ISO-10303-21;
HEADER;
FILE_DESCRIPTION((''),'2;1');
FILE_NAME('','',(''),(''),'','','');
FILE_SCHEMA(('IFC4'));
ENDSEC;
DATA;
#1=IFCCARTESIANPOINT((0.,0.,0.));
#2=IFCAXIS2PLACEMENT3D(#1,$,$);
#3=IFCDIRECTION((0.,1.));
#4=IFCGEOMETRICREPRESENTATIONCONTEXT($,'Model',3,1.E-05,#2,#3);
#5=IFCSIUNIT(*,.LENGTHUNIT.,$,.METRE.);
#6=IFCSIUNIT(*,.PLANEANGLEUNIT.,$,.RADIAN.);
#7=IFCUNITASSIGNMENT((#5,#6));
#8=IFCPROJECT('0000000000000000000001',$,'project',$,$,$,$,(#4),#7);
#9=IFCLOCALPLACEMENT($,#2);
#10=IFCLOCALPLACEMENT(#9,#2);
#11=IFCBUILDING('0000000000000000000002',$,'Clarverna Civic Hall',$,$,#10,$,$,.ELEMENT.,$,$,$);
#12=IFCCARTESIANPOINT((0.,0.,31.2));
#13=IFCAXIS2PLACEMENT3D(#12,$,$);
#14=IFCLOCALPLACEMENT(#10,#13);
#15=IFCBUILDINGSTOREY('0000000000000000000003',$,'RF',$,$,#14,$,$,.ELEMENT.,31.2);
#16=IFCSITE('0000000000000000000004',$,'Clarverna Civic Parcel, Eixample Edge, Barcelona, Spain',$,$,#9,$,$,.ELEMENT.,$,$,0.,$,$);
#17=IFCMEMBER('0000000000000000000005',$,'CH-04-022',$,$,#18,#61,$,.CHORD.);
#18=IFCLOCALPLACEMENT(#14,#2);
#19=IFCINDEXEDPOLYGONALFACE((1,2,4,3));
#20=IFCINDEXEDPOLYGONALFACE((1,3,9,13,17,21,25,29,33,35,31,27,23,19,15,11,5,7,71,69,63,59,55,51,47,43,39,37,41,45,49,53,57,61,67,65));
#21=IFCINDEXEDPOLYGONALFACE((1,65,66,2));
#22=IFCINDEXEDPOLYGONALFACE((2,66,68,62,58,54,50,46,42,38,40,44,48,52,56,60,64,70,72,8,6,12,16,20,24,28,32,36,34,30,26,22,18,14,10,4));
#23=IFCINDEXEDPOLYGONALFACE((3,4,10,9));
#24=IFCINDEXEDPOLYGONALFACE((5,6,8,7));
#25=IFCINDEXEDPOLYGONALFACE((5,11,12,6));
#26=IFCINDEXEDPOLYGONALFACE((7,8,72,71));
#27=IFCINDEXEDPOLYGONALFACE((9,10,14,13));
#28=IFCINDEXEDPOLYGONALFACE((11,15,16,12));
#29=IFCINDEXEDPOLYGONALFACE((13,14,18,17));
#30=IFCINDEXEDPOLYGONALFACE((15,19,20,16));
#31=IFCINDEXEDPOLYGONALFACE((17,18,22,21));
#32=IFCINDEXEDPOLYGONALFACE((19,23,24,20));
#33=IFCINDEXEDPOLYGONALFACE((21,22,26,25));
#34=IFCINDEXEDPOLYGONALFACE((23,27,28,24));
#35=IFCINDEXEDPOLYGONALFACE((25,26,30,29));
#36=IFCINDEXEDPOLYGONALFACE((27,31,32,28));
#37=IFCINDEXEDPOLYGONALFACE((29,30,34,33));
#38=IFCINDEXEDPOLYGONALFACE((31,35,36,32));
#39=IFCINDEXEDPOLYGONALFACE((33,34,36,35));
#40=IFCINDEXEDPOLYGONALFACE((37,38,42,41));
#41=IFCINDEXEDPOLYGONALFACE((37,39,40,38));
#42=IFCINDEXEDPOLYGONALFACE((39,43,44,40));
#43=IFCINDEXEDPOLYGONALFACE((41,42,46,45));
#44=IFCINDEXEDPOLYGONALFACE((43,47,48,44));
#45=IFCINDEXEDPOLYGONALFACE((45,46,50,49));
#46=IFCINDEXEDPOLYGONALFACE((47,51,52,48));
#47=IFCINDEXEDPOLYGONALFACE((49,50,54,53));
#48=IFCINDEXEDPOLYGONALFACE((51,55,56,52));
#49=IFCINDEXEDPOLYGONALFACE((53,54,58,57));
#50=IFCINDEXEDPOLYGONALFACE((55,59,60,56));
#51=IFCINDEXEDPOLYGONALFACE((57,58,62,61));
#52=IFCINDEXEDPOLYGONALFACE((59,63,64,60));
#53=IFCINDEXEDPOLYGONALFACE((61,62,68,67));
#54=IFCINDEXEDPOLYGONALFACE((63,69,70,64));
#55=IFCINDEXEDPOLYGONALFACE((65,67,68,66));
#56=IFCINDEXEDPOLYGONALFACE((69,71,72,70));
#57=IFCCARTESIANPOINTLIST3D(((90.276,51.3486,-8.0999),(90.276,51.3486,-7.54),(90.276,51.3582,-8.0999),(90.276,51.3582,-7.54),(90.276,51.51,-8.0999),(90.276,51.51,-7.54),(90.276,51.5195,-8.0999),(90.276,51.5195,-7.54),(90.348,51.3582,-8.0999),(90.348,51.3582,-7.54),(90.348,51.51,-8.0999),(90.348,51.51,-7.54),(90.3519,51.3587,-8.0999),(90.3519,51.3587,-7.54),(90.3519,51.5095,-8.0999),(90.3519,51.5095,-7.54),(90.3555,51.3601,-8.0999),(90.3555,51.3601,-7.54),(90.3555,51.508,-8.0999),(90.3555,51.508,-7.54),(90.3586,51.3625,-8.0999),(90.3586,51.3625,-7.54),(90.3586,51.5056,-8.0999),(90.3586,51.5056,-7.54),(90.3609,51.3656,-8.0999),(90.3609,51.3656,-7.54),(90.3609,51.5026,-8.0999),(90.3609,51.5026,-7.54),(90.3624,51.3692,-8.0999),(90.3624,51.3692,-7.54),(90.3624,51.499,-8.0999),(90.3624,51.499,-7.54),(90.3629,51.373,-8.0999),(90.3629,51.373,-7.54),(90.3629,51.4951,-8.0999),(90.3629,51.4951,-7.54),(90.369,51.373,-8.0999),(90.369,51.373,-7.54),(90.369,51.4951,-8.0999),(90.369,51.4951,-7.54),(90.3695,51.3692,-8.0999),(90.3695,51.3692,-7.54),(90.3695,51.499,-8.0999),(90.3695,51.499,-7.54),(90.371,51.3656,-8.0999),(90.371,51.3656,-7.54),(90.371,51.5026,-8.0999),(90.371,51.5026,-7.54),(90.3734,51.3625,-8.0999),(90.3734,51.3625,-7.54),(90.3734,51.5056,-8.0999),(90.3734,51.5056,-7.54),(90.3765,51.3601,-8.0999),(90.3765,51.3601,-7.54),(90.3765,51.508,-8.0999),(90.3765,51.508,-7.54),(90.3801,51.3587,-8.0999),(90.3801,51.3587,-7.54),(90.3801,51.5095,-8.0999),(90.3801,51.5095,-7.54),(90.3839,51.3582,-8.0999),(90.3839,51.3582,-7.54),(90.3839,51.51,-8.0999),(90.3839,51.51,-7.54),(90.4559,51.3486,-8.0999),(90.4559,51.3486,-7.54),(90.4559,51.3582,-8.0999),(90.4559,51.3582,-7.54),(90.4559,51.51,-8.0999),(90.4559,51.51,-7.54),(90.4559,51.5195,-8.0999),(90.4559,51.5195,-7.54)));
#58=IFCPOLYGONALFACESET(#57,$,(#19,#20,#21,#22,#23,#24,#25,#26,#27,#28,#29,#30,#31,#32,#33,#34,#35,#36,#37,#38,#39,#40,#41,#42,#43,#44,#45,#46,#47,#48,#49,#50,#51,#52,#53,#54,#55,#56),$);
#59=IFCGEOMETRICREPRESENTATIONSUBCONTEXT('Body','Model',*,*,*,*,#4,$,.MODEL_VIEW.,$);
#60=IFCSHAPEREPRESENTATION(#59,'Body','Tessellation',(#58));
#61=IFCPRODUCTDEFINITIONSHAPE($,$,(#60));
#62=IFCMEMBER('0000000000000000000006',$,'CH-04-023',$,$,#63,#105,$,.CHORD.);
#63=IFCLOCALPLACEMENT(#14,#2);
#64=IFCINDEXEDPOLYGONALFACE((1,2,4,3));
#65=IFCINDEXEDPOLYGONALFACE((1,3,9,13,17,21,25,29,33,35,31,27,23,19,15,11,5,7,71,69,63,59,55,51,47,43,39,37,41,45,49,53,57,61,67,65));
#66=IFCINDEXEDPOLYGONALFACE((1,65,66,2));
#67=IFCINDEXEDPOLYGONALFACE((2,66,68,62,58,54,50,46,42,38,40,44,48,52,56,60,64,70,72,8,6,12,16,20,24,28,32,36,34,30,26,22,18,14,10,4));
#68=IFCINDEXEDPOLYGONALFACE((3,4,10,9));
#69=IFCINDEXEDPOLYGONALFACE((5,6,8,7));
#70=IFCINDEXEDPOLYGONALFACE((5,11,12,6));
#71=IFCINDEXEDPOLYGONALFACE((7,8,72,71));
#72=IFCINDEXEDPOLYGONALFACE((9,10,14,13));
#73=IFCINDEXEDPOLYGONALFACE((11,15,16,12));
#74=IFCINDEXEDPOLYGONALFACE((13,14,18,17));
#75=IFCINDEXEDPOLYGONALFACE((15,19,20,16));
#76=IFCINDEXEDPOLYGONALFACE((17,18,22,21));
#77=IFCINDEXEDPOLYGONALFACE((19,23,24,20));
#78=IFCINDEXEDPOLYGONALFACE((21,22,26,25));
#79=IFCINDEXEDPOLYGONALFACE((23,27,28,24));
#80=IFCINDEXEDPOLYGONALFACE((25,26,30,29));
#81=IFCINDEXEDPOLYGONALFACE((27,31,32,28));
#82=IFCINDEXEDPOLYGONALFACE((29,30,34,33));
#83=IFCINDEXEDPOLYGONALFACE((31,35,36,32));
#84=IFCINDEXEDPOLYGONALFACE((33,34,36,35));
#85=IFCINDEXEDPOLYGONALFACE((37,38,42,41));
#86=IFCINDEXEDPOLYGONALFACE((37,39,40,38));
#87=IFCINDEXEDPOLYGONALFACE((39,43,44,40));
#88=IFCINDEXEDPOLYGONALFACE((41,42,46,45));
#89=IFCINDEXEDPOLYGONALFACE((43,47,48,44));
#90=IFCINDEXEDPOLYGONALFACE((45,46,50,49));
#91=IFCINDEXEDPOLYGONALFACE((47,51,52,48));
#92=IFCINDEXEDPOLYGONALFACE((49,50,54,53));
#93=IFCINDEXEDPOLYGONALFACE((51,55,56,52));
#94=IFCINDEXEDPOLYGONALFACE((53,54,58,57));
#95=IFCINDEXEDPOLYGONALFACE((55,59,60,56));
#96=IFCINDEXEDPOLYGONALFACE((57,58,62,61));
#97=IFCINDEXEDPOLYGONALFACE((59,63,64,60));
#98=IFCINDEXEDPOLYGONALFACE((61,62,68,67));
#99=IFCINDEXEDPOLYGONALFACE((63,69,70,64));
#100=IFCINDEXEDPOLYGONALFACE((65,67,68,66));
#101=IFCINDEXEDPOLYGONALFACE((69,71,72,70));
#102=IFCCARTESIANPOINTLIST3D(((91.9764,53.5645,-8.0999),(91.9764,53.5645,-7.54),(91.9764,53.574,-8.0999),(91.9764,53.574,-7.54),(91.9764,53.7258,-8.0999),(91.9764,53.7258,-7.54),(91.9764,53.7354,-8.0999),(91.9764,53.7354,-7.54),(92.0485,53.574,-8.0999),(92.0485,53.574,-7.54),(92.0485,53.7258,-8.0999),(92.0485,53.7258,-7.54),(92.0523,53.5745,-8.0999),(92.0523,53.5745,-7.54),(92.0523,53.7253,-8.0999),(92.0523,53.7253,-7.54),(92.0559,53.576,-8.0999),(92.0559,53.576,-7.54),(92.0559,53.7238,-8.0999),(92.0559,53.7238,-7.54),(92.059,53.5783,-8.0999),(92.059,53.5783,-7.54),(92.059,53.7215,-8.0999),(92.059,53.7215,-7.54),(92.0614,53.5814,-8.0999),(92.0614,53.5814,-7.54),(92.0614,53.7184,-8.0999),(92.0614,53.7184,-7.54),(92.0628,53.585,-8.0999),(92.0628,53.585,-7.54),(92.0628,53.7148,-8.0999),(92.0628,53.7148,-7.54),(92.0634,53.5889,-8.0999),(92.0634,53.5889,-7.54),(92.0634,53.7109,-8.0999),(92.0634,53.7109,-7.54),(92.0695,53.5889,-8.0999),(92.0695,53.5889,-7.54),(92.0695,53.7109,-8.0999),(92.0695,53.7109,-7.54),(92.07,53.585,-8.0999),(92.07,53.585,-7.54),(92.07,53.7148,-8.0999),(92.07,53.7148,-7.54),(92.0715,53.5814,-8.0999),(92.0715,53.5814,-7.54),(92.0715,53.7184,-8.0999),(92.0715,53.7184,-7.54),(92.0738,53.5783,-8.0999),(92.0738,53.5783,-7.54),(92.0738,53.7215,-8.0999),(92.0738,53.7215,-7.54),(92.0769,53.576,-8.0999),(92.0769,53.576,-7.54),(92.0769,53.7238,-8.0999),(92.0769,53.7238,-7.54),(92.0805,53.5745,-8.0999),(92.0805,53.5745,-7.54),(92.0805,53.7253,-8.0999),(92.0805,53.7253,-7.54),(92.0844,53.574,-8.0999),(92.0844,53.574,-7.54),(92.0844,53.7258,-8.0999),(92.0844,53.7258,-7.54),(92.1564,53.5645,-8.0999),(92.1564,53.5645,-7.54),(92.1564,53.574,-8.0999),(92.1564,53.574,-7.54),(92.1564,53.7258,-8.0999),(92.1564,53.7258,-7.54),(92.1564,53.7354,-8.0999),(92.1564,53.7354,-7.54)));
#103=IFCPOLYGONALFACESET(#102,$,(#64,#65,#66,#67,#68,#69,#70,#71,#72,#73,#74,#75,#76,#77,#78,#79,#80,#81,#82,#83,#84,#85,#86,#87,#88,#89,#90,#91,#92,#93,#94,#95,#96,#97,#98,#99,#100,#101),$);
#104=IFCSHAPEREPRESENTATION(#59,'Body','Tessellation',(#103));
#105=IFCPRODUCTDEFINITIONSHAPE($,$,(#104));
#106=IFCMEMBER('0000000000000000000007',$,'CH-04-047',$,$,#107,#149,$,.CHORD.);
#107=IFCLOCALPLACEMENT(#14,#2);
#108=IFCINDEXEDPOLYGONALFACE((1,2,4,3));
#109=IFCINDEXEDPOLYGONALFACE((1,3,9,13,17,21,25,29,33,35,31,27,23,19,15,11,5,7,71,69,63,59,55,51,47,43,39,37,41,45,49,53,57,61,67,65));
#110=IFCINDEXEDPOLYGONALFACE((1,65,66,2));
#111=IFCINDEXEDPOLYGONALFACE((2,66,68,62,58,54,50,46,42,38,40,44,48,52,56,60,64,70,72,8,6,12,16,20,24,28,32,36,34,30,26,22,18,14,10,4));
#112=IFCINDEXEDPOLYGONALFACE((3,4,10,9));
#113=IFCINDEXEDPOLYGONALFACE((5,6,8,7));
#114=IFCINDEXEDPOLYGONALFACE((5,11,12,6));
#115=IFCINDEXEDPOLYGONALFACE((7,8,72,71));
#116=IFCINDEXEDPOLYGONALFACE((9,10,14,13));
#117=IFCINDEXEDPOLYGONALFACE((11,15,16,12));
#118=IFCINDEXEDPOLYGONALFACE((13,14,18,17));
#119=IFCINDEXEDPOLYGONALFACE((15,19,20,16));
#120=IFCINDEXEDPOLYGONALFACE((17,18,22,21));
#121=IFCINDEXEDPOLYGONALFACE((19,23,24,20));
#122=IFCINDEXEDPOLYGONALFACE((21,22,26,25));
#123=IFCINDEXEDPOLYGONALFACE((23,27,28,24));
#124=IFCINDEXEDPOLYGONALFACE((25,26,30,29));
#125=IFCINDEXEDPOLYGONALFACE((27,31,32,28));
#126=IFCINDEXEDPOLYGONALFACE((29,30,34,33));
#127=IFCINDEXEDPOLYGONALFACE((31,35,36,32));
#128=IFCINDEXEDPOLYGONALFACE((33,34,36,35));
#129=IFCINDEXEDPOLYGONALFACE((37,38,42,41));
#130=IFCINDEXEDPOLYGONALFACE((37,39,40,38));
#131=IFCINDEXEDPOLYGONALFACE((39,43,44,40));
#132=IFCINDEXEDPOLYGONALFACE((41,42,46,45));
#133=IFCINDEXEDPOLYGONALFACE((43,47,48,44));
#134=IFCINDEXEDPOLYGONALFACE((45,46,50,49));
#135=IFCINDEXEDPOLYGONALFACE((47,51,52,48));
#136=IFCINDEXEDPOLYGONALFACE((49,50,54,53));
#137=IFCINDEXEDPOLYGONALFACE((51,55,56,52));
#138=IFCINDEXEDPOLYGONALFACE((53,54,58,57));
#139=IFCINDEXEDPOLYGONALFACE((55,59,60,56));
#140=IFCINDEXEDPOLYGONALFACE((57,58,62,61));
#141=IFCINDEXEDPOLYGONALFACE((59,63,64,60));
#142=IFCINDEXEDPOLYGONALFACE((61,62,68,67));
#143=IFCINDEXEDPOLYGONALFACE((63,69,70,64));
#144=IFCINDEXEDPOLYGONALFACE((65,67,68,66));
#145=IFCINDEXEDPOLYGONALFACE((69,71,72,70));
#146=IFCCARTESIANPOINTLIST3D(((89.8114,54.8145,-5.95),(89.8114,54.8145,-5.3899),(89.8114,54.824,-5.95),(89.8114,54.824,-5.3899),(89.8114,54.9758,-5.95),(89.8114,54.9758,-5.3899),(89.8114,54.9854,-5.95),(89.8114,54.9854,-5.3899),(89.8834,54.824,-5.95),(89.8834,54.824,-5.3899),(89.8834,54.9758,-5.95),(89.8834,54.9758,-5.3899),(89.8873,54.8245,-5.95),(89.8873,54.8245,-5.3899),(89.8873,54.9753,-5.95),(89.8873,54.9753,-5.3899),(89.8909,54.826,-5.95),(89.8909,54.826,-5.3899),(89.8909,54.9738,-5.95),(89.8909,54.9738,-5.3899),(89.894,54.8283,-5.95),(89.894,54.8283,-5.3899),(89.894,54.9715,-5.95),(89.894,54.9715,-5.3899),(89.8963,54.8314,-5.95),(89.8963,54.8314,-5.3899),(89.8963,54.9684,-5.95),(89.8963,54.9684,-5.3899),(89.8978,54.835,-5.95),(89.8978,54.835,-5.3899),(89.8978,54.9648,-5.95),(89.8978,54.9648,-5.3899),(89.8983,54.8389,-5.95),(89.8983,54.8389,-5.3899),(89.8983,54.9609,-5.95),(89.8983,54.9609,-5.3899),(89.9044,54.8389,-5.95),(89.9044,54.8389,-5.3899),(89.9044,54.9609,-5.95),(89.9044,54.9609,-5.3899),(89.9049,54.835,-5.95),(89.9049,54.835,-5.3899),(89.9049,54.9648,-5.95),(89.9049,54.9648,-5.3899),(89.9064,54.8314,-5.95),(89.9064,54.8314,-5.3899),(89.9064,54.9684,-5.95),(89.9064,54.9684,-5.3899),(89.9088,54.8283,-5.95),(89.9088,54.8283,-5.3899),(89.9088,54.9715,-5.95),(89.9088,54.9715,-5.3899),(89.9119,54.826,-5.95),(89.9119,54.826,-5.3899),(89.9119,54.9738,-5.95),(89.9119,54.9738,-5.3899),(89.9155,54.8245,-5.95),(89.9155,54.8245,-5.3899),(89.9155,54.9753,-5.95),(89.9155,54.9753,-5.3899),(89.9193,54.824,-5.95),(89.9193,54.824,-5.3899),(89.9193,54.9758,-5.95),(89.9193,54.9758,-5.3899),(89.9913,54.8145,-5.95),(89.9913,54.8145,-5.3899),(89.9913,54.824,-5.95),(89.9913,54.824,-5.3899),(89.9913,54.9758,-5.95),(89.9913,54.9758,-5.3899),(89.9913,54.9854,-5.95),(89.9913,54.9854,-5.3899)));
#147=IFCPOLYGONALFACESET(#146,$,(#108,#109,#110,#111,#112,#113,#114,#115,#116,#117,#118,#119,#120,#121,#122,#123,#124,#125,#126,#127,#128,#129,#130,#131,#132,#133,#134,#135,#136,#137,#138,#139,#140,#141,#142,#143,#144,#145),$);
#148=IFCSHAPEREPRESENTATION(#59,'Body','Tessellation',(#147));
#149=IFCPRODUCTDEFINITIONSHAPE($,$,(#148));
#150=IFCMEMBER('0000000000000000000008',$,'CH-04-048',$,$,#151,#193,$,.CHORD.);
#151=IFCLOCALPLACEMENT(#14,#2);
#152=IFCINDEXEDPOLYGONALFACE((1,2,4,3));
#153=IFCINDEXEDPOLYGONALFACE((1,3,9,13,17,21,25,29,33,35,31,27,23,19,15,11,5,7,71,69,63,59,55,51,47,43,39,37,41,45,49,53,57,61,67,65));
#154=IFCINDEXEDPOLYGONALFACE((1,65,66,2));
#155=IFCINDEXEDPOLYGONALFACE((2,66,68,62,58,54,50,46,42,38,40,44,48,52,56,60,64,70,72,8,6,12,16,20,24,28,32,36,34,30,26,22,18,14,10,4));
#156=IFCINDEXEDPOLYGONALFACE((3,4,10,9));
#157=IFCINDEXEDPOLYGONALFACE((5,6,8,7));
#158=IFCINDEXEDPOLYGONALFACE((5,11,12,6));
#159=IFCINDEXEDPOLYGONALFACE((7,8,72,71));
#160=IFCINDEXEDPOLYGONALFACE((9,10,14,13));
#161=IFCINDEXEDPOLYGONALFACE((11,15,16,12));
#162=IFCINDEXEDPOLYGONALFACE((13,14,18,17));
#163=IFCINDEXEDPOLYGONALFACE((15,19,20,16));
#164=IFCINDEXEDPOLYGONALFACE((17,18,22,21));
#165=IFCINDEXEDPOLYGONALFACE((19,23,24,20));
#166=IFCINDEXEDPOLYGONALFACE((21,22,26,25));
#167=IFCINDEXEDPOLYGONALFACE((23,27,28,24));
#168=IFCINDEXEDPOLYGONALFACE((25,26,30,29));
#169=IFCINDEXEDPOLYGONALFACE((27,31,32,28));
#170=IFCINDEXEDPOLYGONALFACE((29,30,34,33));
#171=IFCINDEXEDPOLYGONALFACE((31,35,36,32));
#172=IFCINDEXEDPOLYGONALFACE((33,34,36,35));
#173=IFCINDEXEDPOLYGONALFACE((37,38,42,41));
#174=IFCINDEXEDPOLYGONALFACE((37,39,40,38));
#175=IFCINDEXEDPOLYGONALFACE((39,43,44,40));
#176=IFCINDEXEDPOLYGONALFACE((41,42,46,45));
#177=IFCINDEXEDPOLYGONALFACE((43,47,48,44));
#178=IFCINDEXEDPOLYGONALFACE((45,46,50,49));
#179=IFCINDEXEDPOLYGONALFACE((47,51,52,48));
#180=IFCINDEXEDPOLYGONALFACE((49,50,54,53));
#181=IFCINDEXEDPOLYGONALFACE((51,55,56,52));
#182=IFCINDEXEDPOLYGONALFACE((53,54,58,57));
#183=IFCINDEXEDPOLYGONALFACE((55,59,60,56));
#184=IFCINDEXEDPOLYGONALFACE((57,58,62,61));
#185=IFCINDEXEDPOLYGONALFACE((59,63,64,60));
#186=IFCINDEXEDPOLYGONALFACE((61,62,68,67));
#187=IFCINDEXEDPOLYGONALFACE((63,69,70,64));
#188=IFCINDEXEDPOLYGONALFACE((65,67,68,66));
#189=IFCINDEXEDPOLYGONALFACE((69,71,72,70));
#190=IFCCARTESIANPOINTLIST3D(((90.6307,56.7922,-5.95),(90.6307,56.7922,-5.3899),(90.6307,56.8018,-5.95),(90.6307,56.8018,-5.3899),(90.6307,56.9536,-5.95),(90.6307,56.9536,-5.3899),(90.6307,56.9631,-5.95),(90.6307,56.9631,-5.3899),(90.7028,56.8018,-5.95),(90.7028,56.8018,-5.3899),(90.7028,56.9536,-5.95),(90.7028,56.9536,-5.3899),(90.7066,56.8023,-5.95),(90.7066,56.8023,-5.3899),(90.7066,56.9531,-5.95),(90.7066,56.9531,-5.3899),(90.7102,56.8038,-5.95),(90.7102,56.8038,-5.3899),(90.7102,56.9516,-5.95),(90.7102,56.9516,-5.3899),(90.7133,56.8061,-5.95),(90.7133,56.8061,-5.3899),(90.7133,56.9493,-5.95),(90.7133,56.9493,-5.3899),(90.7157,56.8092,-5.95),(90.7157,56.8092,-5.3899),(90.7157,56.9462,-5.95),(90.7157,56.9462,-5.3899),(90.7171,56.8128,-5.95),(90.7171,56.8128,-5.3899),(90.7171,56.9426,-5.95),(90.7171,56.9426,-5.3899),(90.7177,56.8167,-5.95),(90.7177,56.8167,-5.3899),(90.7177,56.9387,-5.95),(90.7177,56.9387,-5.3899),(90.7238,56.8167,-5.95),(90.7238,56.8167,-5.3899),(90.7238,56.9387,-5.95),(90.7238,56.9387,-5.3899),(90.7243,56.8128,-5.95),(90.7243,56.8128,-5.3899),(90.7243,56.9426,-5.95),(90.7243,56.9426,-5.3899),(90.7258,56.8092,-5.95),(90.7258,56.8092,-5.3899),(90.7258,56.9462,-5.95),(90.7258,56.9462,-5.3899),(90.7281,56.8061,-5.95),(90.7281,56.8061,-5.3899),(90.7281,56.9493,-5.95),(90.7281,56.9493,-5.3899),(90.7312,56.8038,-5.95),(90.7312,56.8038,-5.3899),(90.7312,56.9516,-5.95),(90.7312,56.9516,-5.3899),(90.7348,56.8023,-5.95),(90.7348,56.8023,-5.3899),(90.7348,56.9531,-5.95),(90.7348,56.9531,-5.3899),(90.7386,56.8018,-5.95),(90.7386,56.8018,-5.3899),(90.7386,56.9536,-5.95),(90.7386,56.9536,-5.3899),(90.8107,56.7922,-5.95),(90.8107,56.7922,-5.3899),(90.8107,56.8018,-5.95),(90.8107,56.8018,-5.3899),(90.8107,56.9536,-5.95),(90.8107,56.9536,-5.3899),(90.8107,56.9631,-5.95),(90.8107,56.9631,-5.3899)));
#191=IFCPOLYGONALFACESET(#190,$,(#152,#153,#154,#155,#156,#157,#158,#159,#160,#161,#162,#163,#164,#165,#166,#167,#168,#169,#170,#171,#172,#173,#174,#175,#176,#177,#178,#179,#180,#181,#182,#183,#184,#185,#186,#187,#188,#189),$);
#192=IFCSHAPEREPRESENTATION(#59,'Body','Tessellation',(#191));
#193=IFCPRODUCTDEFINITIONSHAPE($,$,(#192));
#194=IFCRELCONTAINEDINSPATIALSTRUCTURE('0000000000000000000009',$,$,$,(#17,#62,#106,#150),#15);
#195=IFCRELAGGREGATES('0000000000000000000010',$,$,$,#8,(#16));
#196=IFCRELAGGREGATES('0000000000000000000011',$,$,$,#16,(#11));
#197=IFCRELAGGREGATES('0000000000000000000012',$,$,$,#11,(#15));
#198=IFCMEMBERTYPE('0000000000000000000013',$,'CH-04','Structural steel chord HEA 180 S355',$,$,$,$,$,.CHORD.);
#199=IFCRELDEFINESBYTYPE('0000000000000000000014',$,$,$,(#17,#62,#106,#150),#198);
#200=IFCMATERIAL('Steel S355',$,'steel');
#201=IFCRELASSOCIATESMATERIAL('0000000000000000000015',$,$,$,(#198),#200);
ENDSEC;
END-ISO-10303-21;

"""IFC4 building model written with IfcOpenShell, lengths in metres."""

from ifc_helpers import new_model, si_unit, direction, frame, origin, origin_2d, place, context, subcontext, project, spatial, i_section, extrude, material, material_profile, profile_set, type_object, element, save


model = new_model("IFC4")

# Units and contexts
model_context = context("Model", 3, precision=1e-05, world=origin(), true_north=direction((0.0, 1.0)))
body_context = subcontext(model_context, "Body", "Model", "MODEL_VIEW")
ifc_project = project(units=[si_unit("LENGTHUNIT", "METRE"), si_unit("PLANEANGLEUNIT", "RADIAN")], contexts=[model_context])

# Site, building, storey
site_placement = place(None, origin())
site = spatial("IfcSite", under=ifc_project, at=site_placement, Name="Clarverna Civic Parcel, Eixample Edge, Barcelona, Spain", CompositionType="ELEMENT", RefElevation=0.0)
building_placement = place(site_placement, origin())
building = spatial("IfcBuilding", under=site, at=building_placement, Name="Clarverna Civic Hall", CompositionType="ELEMENT")
storey_placement = place(building_placement, frame((0.0, 0.0, 31.2)))
storey = spatial("IfcBuildingStorey", under=building, at=storey_placement, Name="RF", CompositionType="ELEMENT", Elevation=31.2)

# Members
ifc_material_1 = material(Name="Steel S355", Category="steel")
ifc_material_profile_1 = material_profile(ifc_material_1, i_section(OverallWidth=0.1799, OverallDepth=0.1709, WebThickness=0.0061, FlangeThickness=0.0095, FilletRadius=0.0149, at=origin_2d()), Name="HEA 180")
ifc_profile_set_1 = profile_set([ifc_material_profile_1], Name="Steel S355")
member_type_1 = type_object("IfcMemberType", Name="CH-04", Description="Structural steel chord HEA 180 S355", PredefinedType="CHORD", material=ifc_profile_set_1)
for number, where, z_axis, x_axis, name in (
    (1, (90.366, 51.4341, -8.0999), (0.0, 0.0, 1.0), (1.0, 0.0, 0.0), "CH-04-022"),
    (2, (92.0664, 53.6499, -8.0999), (0.0, 0.0, 1.0), (1.0, 0.0, 0.0), "CH-04-023"),
):
    element("IfcMember", number, at=place(storey_placement, frame(where, z_axis=z_axis, x_axis=x_axis)), inside=storey, type_object=member_type_1, Name=name, PredefinedType="CHORD", context=body_context, shape_type="SweptSolid", body=[
        extrude(i_section(OverallWidth=0.1799, OverallDepth=0.1709, WebThickness=0.0061, FlangeThickness=0.0095, FilletRadius=0.0149, at=origin_2d()), origin(), (0.0, 0.0, 1.0), 0.5598),
    ])
for number, where, z_axis, x_axis, name in (
    (3, (89.9014, 54.8999, -5.95), (0.0, 0.0, 1.0), (1.0, 0.0, 0.0), "CH-04-047"),
    (4, (90.7207, 56.8777, -5.95), (0.0, 0.0, 1.0), (1.0, 0.0, 0.0), "CH-04-048"),
):
    element("IfcMember", number, at=place(storey_placement, frame(where, z_axis=z_axis, x_axis=x_axis)), inside=storey, type_object=member_type_1, Name=name, PredefinedType="CHORD", context=body_context, shape_type="SweptSolid", body=[
        extrude(i_section(OverallWidth=0.1799, OverallDepth=0.1709, WebThickness=0.0061, FlangeThickness=0.0095, FilletRadius=0.0149, at=origin_2d()), origin(), (0.0, 0.0, 1.0), 0.5601),
    ])

save(model, "model.ifc")
